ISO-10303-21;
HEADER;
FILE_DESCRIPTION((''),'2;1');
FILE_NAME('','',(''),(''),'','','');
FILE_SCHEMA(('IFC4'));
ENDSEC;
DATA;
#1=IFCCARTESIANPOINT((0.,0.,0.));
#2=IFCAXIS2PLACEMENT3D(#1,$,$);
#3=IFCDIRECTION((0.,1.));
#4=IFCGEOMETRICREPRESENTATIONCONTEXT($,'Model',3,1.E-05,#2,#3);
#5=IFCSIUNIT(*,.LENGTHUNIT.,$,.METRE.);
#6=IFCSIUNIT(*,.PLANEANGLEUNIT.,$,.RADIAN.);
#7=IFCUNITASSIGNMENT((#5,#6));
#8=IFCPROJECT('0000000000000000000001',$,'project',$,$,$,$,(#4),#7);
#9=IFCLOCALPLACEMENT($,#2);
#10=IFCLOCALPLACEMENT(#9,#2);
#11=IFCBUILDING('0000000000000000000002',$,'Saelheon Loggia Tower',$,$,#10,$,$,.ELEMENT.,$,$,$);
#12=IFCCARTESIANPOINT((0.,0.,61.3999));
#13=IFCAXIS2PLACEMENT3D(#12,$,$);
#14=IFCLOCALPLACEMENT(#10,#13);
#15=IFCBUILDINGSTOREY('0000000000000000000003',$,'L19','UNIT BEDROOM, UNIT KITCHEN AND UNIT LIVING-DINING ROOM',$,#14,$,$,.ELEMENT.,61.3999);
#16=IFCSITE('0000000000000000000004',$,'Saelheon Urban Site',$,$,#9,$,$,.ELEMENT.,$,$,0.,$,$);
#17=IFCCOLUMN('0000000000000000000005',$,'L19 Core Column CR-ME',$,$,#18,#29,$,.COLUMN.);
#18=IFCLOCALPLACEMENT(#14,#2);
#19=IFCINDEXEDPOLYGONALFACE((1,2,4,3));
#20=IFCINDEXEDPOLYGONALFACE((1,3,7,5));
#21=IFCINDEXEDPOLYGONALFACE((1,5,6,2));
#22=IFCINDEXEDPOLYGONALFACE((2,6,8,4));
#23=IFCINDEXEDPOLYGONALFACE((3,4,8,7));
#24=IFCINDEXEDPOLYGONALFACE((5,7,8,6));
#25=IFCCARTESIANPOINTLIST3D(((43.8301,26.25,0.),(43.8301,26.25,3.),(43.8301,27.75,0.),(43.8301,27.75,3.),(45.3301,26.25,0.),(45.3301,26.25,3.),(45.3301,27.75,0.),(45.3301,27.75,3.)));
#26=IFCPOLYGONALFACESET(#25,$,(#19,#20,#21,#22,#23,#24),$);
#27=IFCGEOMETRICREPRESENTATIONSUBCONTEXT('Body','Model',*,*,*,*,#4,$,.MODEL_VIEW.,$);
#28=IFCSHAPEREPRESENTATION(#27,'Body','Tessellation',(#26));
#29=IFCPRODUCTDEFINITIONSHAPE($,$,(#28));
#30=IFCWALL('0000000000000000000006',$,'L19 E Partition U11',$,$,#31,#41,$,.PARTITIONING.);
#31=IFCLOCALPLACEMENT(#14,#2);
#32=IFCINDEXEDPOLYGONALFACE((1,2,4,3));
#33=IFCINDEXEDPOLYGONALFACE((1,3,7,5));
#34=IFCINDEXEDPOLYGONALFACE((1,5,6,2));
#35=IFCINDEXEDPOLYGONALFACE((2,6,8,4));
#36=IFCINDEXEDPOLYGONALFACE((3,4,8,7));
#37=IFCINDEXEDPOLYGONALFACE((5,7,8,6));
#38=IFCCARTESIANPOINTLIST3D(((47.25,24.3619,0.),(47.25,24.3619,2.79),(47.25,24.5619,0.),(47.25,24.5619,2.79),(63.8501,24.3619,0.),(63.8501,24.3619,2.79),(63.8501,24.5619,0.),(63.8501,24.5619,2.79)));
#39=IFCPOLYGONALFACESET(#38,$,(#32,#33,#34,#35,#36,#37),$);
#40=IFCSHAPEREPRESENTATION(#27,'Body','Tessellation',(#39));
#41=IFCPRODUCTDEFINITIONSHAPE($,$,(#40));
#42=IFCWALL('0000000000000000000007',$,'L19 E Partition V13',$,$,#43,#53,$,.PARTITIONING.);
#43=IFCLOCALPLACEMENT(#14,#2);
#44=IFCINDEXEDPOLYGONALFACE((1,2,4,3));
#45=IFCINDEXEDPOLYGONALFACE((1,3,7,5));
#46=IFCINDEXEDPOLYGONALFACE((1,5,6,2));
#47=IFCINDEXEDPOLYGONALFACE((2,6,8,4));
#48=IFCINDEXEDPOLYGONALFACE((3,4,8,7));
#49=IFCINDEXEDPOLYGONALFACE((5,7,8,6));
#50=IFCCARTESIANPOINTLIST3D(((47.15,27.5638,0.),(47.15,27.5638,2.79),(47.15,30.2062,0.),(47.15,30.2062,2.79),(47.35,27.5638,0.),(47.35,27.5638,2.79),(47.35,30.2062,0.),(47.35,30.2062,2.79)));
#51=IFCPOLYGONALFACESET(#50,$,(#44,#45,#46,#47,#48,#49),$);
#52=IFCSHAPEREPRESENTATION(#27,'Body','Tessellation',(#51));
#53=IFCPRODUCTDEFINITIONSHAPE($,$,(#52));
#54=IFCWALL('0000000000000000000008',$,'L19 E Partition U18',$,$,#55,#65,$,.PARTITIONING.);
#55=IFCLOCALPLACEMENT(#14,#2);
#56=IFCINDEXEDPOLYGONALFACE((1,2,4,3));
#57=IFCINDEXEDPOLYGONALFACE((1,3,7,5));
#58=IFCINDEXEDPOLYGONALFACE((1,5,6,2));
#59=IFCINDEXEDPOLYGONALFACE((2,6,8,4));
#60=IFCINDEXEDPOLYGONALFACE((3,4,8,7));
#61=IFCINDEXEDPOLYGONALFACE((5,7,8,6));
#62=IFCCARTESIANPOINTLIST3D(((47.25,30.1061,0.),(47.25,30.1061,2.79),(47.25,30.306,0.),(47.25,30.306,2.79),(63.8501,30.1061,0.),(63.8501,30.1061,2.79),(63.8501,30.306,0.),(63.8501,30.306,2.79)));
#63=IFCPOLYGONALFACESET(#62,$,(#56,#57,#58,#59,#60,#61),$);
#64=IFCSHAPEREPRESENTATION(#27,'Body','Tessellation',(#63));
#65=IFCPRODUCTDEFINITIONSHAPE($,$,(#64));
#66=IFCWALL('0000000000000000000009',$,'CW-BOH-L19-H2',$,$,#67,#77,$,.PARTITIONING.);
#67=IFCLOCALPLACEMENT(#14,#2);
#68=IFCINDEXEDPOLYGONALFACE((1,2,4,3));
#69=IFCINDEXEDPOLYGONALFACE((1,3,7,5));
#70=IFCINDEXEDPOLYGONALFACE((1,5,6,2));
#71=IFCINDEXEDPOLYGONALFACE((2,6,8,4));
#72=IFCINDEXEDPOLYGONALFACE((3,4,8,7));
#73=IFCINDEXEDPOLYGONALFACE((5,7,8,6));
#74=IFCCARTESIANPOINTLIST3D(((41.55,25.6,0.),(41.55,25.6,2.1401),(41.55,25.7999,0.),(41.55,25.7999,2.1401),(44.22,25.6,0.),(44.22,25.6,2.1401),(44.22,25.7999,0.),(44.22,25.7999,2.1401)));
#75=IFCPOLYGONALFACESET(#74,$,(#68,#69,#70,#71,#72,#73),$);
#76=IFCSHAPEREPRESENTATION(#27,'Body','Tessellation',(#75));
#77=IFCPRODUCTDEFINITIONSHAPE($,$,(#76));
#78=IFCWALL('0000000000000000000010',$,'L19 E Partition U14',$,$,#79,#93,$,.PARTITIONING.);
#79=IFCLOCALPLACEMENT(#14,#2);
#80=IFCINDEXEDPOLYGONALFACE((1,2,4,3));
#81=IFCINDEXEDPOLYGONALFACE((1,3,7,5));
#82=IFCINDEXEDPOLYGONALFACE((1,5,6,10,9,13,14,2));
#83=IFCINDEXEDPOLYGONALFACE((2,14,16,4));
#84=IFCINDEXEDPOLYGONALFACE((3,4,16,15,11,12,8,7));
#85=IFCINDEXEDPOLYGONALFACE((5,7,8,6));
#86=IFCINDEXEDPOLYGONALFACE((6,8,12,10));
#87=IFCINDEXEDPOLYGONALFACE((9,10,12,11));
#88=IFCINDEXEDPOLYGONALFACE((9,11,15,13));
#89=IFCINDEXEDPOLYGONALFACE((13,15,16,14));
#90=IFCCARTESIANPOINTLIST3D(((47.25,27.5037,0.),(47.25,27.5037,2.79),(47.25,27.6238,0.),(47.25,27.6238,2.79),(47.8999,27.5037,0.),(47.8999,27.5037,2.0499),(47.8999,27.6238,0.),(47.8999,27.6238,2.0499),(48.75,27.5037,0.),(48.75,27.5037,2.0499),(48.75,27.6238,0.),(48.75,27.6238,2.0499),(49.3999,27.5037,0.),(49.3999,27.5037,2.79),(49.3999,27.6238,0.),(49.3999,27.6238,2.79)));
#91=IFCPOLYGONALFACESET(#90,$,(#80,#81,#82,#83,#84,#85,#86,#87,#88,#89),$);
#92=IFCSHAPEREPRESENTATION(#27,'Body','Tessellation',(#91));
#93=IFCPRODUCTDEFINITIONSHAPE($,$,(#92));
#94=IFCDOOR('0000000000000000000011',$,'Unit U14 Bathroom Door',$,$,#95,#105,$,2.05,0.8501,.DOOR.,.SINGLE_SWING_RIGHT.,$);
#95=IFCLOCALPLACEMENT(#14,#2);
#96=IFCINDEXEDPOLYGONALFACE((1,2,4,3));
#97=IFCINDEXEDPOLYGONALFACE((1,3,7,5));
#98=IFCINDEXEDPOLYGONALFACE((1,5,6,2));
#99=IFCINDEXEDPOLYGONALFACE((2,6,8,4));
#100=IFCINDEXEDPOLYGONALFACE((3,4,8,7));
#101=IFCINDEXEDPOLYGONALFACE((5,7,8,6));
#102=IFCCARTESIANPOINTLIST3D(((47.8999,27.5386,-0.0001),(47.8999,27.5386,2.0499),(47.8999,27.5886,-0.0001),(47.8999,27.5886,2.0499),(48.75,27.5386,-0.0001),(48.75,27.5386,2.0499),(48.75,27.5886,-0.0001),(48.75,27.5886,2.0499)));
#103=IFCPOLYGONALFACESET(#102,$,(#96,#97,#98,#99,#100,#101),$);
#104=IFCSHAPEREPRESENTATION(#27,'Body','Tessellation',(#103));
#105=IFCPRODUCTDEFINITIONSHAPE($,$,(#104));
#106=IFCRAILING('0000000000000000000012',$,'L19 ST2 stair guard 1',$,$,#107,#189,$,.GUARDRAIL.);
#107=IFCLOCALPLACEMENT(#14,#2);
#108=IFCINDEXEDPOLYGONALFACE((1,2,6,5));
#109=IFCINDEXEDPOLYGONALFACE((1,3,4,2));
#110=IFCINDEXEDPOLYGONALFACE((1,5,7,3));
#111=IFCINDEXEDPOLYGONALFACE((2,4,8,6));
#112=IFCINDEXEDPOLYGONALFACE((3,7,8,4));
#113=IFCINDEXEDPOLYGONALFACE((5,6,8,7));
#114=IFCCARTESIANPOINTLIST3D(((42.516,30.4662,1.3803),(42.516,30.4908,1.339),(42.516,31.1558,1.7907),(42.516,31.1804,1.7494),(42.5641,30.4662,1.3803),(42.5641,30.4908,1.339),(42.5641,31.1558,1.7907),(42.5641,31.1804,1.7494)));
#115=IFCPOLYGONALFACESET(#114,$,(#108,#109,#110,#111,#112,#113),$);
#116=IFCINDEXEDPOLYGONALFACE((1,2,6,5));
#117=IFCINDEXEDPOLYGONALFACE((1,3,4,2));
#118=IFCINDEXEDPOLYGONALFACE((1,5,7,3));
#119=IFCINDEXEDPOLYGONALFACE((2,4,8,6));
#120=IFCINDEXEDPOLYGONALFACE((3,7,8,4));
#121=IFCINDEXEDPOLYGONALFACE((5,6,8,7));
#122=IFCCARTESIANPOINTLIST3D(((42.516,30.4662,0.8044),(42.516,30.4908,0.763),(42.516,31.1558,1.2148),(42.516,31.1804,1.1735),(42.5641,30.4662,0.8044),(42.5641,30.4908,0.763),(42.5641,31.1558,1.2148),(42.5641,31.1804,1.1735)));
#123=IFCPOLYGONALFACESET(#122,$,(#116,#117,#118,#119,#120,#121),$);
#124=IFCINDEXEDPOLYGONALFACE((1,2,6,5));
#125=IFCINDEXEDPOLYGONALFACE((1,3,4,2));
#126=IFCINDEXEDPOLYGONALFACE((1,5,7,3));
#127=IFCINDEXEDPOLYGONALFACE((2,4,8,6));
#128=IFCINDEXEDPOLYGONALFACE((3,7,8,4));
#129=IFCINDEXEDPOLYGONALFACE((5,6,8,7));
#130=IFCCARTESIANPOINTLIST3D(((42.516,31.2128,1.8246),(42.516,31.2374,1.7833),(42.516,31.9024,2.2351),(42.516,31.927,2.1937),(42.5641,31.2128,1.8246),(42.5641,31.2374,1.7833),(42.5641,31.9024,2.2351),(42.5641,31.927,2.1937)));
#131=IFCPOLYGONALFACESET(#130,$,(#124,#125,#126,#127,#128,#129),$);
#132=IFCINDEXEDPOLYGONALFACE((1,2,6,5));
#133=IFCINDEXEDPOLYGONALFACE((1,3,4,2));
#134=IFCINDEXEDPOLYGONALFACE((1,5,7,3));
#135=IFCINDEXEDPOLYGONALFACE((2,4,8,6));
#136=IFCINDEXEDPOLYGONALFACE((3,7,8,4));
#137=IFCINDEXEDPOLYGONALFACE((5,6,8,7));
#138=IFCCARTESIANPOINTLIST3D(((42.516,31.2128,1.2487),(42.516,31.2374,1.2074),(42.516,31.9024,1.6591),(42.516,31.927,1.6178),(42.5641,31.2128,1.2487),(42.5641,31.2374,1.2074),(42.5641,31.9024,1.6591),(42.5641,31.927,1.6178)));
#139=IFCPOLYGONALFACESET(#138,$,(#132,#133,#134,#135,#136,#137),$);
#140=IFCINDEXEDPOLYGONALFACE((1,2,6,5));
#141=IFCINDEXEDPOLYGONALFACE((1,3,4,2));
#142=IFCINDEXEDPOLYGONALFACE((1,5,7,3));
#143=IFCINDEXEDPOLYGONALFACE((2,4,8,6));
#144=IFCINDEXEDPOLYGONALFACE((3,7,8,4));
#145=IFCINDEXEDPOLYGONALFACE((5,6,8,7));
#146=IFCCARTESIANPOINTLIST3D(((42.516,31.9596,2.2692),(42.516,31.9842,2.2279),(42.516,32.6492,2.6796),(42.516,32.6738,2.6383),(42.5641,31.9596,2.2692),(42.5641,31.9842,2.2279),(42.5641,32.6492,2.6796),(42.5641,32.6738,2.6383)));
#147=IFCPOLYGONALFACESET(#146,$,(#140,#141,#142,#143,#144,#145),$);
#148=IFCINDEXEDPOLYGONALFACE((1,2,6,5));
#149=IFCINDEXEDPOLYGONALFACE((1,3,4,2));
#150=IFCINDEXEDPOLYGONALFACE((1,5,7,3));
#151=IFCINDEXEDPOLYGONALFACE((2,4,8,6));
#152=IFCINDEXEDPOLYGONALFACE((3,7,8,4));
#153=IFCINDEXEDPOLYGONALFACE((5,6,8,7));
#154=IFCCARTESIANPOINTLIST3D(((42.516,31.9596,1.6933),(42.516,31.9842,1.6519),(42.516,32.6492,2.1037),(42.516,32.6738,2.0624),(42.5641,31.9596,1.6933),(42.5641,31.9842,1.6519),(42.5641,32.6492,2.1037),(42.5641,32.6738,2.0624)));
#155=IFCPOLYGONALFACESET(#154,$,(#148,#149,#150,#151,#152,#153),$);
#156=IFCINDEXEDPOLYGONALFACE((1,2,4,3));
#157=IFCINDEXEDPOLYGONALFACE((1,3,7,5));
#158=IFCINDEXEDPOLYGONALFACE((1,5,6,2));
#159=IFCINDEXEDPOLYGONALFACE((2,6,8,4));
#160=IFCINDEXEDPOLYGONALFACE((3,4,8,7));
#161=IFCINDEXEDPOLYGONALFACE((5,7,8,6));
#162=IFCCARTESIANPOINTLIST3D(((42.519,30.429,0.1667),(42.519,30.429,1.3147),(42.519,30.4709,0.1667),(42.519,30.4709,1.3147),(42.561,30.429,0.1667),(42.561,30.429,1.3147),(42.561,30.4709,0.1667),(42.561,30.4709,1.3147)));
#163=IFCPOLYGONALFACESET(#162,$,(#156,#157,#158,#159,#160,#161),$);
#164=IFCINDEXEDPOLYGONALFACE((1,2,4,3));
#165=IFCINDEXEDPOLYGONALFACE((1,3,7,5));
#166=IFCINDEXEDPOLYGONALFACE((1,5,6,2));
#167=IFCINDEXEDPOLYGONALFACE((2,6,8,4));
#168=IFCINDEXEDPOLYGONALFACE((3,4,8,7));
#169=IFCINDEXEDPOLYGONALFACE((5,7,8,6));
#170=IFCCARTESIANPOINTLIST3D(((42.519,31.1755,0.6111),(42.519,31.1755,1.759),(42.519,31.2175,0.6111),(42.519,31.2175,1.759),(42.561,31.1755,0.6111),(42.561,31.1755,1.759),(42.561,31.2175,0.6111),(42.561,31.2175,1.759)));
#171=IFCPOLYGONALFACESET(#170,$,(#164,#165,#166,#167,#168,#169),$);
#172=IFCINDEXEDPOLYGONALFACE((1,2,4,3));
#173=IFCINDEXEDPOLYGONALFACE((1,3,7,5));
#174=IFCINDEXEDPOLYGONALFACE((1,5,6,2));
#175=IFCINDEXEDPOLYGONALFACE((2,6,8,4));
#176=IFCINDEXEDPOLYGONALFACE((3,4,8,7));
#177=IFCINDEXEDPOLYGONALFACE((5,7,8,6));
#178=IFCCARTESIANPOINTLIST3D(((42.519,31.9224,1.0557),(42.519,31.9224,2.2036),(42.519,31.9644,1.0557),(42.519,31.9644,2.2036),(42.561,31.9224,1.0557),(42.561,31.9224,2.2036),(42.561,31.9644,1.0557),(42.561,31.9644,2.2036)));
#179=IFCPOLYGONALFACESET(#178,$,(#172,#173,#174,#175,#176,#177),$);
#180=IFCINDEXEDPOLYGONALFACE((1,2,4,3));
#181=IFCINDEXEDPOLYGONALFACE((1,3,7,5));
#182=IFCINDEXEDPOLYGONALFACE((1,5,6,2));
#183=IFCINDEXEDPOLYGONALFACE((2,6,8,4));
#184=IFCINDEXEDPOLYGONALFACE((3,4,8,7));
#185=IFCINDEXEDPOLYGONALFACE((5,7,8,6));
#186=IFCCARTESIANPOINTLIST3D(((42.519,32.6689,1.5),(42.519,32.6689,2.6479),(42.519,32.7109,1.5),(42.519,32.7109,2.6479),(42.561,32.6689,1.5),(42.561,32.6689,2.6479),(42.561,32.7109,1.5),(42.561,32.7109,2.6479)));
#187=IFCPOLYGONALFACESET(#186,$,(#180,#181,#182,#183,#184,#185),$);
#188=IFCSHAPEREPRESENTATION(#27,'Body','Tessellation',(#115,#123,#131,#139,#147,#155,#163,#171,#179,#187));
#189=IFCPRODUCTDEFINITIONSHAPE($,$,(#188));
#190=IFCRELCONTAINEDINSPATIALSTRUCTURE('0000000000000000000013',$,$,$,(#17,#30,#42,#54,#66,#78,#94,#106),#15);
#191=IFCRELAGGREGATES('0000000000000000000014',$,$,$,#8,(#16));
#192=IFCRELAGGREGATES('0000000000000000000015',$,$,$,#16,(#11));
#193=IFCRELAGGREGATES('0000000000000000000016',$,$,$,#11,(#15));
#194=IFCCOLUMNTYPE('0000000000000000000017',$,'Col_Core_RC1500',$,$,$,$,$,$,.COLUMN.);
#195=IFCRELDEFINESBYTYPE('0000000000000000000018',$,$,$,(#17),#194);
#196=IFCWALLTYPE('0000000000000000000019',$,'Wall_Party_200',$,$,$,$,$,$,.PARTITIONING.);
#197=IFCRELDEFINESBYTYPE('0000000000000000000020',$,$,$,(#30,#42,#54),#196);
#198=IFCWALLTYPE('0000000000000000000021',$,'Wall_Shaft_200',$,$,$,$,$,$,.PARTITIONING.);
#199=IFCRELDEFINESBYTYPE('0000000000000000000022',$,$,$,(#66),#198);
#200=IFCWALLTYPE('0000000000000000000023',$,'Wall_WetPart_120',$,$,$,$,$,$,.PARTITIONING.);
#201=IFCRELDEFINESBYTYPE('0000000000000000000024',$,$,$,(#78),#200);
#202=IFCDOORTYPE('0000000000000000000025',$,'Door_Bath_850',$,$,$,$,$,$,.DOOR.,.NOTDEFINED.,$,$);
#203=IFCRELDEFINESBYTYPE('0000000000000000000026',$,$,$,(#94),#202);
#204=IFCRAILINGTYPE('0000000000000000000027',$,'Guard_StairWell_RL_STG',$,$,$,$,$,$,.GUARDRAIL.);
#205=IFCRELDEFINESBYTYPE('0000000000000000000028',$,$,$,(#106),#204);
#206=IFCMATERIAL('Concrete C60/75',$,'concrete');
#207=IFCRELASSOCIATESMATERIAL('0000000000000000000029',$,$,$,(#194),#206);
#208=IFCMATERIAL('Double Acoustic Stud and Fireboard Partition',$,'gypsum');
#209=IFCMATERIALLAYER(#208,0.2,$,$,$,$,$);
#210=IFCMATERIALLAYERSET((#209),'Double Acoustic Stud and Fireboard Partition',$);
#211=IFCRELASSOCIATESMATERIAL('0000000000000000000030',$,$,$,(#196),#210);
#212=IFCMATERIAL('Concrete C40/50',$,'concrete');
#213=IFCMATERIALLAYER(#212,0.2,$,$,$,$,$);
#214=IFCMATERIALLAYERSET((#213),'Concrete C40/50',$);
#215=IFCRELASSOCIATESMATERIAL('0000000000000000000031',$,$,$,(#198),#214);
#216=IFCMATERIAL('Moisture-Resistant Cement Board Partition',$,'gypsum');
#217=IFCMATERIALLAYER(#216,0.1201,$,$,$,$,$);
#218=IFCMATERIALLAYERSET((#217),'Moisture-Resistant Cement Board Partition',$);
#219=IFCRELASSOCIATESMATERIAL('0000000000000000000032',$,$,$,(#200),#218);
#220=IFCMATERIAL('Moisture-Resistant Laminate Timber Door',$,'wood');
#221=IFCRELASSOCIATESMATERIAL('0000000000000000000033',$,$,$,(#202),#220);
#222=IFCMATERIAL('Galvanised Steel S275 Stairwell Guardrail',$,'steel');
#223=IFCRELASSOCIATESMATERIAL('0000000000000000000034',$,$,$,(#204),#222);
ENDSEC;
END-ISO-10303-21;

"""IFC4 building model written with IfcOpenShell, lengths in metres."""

from ifc_helpers import new_model, si_unit, direction, frame, frame_2d, origin, origin_2d, place, context, subcontext, project, spatial, rectangle, extrude, source, transform, mapped, material, layer, layer_set, material_profile, profile_set, type_object, element, fill, save


model = new_model("IFC4")

# Units and contexts
model_context = context("Model", 3, precision=1e-05, world=origin(), true_north=direction((0.0, 1.0)))
body_context = subcontext(model_context, "Body", "Model", "MODEL_VIEW")
ifc_project = project(units=[si_unit("LENGTHUNIT", "METRE"), si_unit("PLANEANGLEUNIT", "RADIAN")], contexts=[model_context])

# Site, building, storey
site_placement = place(None, origin())
site = spatial("IfcSite", under=ifc_project, at=site_placement, Name="Saelheon Urban Site", CompositionType="ELEMENT", RefElevation=0.0)
building_placement = place(site_placement, origin())
building = spatial("IfcBuilding", under=site, at=building_placement, Name="Saelheon Loggia Tower", CompositionType="ELEMENT")
storey_placement = place(building_placement, frame((0.0, 0.0, 61.3999)))
storey = spatial("IfcBuildingStorey", under=building, at=storey_placement, Name="L19", Description="UNIT BEDROOM, UNIT KITCHEN AND UNIT LIVING-DINING ROOM", CompositionType="ELEMENT", Elevation=61.3999)

# Column
ifc_material_1 = material(Name="Concrete C60/75", Category="concrete")
ifc_material_profile = material_profile(ifc_material_1, rectangle(XDim=1.5, YDim=1.5, at=origin_2d()), Name="RC-1500x1500")
ifc_profile_set = profile_set([ifc_material_profile], Name="Concrete C60/75")
column_type = type_object("IfcColumnType", Name="Col_Core_RC1500", PredefinedType="COLUMN", material=ifc_profile_set)
shared_shape_1 = source(origin(), body_context, "Body", "SweptSolid", [
    extrude(rectangle(XDim=1.5, YDim=1.5, at=origin_2d()), origin(), (0.0, 0.0, 1.0), 3.0),
])
column_placement = place(storey_placement, frame((44.5801, 27.0, 0.0), z_axis=(0.0, 0.0, 1.0), x_axis=(1.0, 0.0, 0.0)))
element("IfcColumn", 1, at=column_placement, inside=storey, type_object=column_type, Name="L19 Core Column CR-ME", PredefinedType="COLUMN", context=body_context, shape_type="MappedRepresentation", body=[
    mapped(shared_shape_1, transform((0.0, 0.0, 0.0), scale=1.0)),
])

# Wall
ifc_material_2 = material(Name="Double Acoustic Stud and Fireboard Partition", Category="gypsum")
ifc_layer_1 = layer(ifc_material_2, 0.2)
ifc_layer_set_1 = layer_set([ifc_layer_1], Name="Double Acoustic Stud and Fireboard Partition")
wall_type_1 = type_object("IfcWallType", Name="Wall_Party_200", PredefinedType="PARTITIONING", material=ifc_layer_set_1)
wall_1_placement = place(storey_placement, frame((47.25, 24.4619, 0.0), z_axis=(0.0, 0.0, 1.0), x_axis=(1.0, 0.0, 0.0)))
element("IfcWall", 2, at=wall_1_placement, inside=storey, type_object=wall_type_1, Name="L19 E Partition U11", PredefinedType="PARTITIONING", context=body_context, shape_type="SweptSolid", body=[
    extrude(rectangle(XDim=16.6001, YDim=0.2, at=frame_2d((8.3, 0.0))), origin(), (0.0, 0.0, 1.0), 2.79),
])

# Walls
wall_2_placement = place(storey_placement, frame((47.25, 27.5637, 0.0), z_axis=(0.0, 0.0, 1.0), x_axis=(0.0, 1.0, 0.0)))
element("IfcWall", 3, at=wall_2_placement, inside=storey, type_object=wall_type_1, Name="L19 E Partition V13", PredefinedType="PARTITIONING", context=body_context, shape_type="SweptSolid", body=[
    extrude(rectangle(XDim=2.6423, YDim=0.2, at=frame_2d((1.3213, 0.0))), origin(), (0.0, 0.0, 1.0), 2.79),
])
wall_3_placement = place(storey_placement, frame((47.25, 30.2061, 0.0), z_axis=(0.0, 0.0, 1.0), x_axis=(1.0, 0.0, 0.0)))
element("IfcWall", 4, at=wall_3_placement, inside=storey, type_object=wall_type_1, Name="L19 E Partition U18", PredefinedType="PARTITIONING", context=body_context, shape_type="SweptSolid", body=[
    extrude(rectangle(XDim=16.6001, YDim=0.2, at=frame_2d((8.3, 0.0))), origin(), (0.0, 0.0, 1.0), 2.79),
])

# Wall
ifc_material_3 = material(Name="Concrete C40/50", Category="concrete")
ifc_layer_2 = layer(ifc_material_3, 0.2)
ifc_layer_set_2 = layer_set([ifc_layer_2], Name="Concrete C40/50")
wall_type_2 = type_object("IfcWallType", Name="Wall_Shaft_200", PredefinedType="PARTITIONING", material=ifc_layer_set_2)
wall_4_placement = place(storey_placement, frame((41.55, 25.7, 0.0), z_axis=(0.0, 0.0, 1.0), x_axis=(1.0, 0.0, 0.0)))
element("IfcWall", 5, at=wall_4_placement, inside=storey, type_object=wall_type_2, Name="CW-BOH-L19-H2", PredefinedType="PARTITIONING", context=body_context, shape_type="SweptSolid", body=[
    extrude(rectangle(XDim=2.6699, YDim=0.2, at=frame_2d((1.335, 0.0))), origin(), (0.0, 0.0, 1.0), 2.1401),
])

# Wall, opening, door
ifc_material_4 = material(Name="Moisture-Resistant Cement Board Partition", Category="gypsum")
ifc_layer_3 = layer(ifc_material_4, 0.1201)
ifc_layer_set_3 = layer_set([ifc_layer_3], Name="Moisture-Resistant Cement Board Partition")
wall_type_3 = type_object("IfcWallType", Name="Wall_WetPart_120", PredefinedType="PARTITIONING", material=ifc_layer_set_3)
wall_5_placement = place(storey_placement, frame((47.25, 27.5637, 0.0), z_axis=(0.0, 0.0, 1.0), x_axis=(1.0, 0.0, 0.0)))
wall_5 = element("IfcWall", 6, at=wall_5_placement, inside=storey, type_object=wall_type_3, Name="L19 E Partition U14", PredefinedType="PARTITIONING", context=body_context, shape_type="SweptSolid", body=[
    extrude(rectangle(XDim=2.1499, YDim=0.1201, at=frame_2d((1.075, 0.0))), origin(), (0.0, 0.0, 1.0), 2.79),
])
opening_1_placement = place(wall_5_placement, frame((0.6499, 0.0, 0.0)))
opening_1 = element("IfcOpeningElement", 7, at=opening_1_placement, cuts=wall_5, PredefinedType="OPENING", context=body_context, shape_type="SweptSolid", body=[
    extrude(rectangle(XDim=0.8501, YDim=2.05, at=frame_2d((0.425, 1.0249))), frame((0.0, 0.072, 0.0), z_axis=(0.0, -1.0, 0.0), x_axis=(1.0, 0.0, 0.0)), (0.0, 0.0, 1.0), 0.144),
])
ifc_material_5 = material(Name="Moisture-Resistant Laminate Timber Door", Category="wood")
door_type_1 = type_object("IfcDoorType", Name="Door_Bath_850", OperationType="NOTDEFINED", PredefinedType="DOOR", material=ifc_material_5)
shared_shape_2 = source(origin(), body_context, "Body", "SweptSolid", [
    extrude(rectangle(XDim=0.8501, YDim=2.05, at=frame_2d((0.425, 1.0249))), frame((0.0, 0.0249, 0.0), z_axis=(0.0, -1.0, 0.0), x_axis=(1.0, 0.0, 0.0)), (0.0, 0.0, 1.0), 0.05),
])
door_1_placement = place(opening_1_placement, origin())
door_1 = element("IfcDoor", 8, at=door_1_placement, inside=storey, type_object=door_type_1, Name="Unit U14 Bathroom Door", OperationType="SINGLE_SWING_RIGHT", OverallHeight=2.05, OverallWidth=0.8501, PredefinedType="DOOR", context=body_context, shape_type="MappedRepresentation", body=[
    mapped(shared_shape_2, transform((0.0, 0.0, 0.0), scale=1.0)),
])
fill(opening_1, door_1)

# Railing
ifc_material_6 = material(Name="Galvanised Steel S275 Stairwell Guardrail", Category="steel")
railing_type_1 = type_object("IfcRailingType", Name="Guard_StairWell_RL_STG", PredefinedType="GUARDRAIL", material=ifc_material_6)
railing_1_placement = place(storey_placement, frame((42.54, 30.45, 0.1667)))
element("IfcRailing", 9, at=railing_1_placement, inside=storey, type_object=railing_type_1, Name="L19 ST2 stair guard 1", PredefinedType="GUARDRAIL", context=body_context, shape_type="SweptSolid", body=[
    extrude(rectangle(XDim=0.0481, YDim=0.0481, at=origin_2d()), frame((0.0, 0.0286, 1.1929), z_axis=(0.0, 0.859306, 0.511462), x_axis=(-1.0, 0.0, 0.0)), (0.0, 0.0, 1.0), 0.8025),
    extrude(rectangle(XDim=0.0481, YDim=0.0481, at=origin_2d()), frame((0.0, 0.0286, 0.6169), z_axis=(0.0, 0.859306, 0.511462), x_axis=(-1.0, 0.0, 0.0)), (0.0, 0.0, 1.0), 0.8025),
    extrude(rectangle(XDim=0.0481, YDim=0.0481, at=origin_2d()), frame((0.0, 0.7751, 1.6372), z_axis=(0.0, 0.859306, 0.511462), x_axis=(-1.0, 0.0, 0.0)), (0.0, 0.0, 1.0), 0.8025),
    extrude(rectangle(XDim=0.0481, YDim=0.0481, at=origin_2d()), frame((0.0, 0.7751, 1.0613), z_axis=(0.0, 0.859306, 0.511462), x_axis=(-1.0, 0.0, 0.0)), (0.0, 0.0, 1.0), 0.8025),
    extrude(rectangle(XDim=0.0481, YDim=0.0481, at=origin_2d()), frame((0.0, 1.522, 2.0818), z_axis=(0.0, 0.859306, 0.511462), x_axis=(-1.0, 0.0, 0.0)), (0.0, 0.0, 1.0), 0.8025),
    extrude(rectangle(XDim=0.0481, YDim=0.0481, at=origin_2d()), frame((0.0, 1.522, 1.5059), z_axis=(0.0, 0.859306, 0.511462), x_axis=(-1.0, 0.0, 0.0)), (0.0, 0.0, 1.0), 0.8025),
    extrude(rectangle(XDim=0.042, YDim=0.042, at=origin_2d()), origin(), (0.0, 0.0, 1.0), 1.1479),
    extrude(rectangle(XDim=0.042, YDim=0.042, at=origin_2d()), frame((0.0, 0.7466, 0.4443)), (0.0, 0.0, 1.0), 1.1479),
    extrude(rectangle(XDim=0.042, YDim=0.042, at=origin_2d()), frame((0.0, 1.4934, 0.8889)), (0.0, 0.0, 1.0), 1.1479),
    extrude(rectangle(XDim=0.042, YDim=0.042, at=origin_2d()), frame((0.0, 2.24, 1.3333)), (0.0, 0.0, 1.0), 1.1479),
])

save(model, "model.ifc")
